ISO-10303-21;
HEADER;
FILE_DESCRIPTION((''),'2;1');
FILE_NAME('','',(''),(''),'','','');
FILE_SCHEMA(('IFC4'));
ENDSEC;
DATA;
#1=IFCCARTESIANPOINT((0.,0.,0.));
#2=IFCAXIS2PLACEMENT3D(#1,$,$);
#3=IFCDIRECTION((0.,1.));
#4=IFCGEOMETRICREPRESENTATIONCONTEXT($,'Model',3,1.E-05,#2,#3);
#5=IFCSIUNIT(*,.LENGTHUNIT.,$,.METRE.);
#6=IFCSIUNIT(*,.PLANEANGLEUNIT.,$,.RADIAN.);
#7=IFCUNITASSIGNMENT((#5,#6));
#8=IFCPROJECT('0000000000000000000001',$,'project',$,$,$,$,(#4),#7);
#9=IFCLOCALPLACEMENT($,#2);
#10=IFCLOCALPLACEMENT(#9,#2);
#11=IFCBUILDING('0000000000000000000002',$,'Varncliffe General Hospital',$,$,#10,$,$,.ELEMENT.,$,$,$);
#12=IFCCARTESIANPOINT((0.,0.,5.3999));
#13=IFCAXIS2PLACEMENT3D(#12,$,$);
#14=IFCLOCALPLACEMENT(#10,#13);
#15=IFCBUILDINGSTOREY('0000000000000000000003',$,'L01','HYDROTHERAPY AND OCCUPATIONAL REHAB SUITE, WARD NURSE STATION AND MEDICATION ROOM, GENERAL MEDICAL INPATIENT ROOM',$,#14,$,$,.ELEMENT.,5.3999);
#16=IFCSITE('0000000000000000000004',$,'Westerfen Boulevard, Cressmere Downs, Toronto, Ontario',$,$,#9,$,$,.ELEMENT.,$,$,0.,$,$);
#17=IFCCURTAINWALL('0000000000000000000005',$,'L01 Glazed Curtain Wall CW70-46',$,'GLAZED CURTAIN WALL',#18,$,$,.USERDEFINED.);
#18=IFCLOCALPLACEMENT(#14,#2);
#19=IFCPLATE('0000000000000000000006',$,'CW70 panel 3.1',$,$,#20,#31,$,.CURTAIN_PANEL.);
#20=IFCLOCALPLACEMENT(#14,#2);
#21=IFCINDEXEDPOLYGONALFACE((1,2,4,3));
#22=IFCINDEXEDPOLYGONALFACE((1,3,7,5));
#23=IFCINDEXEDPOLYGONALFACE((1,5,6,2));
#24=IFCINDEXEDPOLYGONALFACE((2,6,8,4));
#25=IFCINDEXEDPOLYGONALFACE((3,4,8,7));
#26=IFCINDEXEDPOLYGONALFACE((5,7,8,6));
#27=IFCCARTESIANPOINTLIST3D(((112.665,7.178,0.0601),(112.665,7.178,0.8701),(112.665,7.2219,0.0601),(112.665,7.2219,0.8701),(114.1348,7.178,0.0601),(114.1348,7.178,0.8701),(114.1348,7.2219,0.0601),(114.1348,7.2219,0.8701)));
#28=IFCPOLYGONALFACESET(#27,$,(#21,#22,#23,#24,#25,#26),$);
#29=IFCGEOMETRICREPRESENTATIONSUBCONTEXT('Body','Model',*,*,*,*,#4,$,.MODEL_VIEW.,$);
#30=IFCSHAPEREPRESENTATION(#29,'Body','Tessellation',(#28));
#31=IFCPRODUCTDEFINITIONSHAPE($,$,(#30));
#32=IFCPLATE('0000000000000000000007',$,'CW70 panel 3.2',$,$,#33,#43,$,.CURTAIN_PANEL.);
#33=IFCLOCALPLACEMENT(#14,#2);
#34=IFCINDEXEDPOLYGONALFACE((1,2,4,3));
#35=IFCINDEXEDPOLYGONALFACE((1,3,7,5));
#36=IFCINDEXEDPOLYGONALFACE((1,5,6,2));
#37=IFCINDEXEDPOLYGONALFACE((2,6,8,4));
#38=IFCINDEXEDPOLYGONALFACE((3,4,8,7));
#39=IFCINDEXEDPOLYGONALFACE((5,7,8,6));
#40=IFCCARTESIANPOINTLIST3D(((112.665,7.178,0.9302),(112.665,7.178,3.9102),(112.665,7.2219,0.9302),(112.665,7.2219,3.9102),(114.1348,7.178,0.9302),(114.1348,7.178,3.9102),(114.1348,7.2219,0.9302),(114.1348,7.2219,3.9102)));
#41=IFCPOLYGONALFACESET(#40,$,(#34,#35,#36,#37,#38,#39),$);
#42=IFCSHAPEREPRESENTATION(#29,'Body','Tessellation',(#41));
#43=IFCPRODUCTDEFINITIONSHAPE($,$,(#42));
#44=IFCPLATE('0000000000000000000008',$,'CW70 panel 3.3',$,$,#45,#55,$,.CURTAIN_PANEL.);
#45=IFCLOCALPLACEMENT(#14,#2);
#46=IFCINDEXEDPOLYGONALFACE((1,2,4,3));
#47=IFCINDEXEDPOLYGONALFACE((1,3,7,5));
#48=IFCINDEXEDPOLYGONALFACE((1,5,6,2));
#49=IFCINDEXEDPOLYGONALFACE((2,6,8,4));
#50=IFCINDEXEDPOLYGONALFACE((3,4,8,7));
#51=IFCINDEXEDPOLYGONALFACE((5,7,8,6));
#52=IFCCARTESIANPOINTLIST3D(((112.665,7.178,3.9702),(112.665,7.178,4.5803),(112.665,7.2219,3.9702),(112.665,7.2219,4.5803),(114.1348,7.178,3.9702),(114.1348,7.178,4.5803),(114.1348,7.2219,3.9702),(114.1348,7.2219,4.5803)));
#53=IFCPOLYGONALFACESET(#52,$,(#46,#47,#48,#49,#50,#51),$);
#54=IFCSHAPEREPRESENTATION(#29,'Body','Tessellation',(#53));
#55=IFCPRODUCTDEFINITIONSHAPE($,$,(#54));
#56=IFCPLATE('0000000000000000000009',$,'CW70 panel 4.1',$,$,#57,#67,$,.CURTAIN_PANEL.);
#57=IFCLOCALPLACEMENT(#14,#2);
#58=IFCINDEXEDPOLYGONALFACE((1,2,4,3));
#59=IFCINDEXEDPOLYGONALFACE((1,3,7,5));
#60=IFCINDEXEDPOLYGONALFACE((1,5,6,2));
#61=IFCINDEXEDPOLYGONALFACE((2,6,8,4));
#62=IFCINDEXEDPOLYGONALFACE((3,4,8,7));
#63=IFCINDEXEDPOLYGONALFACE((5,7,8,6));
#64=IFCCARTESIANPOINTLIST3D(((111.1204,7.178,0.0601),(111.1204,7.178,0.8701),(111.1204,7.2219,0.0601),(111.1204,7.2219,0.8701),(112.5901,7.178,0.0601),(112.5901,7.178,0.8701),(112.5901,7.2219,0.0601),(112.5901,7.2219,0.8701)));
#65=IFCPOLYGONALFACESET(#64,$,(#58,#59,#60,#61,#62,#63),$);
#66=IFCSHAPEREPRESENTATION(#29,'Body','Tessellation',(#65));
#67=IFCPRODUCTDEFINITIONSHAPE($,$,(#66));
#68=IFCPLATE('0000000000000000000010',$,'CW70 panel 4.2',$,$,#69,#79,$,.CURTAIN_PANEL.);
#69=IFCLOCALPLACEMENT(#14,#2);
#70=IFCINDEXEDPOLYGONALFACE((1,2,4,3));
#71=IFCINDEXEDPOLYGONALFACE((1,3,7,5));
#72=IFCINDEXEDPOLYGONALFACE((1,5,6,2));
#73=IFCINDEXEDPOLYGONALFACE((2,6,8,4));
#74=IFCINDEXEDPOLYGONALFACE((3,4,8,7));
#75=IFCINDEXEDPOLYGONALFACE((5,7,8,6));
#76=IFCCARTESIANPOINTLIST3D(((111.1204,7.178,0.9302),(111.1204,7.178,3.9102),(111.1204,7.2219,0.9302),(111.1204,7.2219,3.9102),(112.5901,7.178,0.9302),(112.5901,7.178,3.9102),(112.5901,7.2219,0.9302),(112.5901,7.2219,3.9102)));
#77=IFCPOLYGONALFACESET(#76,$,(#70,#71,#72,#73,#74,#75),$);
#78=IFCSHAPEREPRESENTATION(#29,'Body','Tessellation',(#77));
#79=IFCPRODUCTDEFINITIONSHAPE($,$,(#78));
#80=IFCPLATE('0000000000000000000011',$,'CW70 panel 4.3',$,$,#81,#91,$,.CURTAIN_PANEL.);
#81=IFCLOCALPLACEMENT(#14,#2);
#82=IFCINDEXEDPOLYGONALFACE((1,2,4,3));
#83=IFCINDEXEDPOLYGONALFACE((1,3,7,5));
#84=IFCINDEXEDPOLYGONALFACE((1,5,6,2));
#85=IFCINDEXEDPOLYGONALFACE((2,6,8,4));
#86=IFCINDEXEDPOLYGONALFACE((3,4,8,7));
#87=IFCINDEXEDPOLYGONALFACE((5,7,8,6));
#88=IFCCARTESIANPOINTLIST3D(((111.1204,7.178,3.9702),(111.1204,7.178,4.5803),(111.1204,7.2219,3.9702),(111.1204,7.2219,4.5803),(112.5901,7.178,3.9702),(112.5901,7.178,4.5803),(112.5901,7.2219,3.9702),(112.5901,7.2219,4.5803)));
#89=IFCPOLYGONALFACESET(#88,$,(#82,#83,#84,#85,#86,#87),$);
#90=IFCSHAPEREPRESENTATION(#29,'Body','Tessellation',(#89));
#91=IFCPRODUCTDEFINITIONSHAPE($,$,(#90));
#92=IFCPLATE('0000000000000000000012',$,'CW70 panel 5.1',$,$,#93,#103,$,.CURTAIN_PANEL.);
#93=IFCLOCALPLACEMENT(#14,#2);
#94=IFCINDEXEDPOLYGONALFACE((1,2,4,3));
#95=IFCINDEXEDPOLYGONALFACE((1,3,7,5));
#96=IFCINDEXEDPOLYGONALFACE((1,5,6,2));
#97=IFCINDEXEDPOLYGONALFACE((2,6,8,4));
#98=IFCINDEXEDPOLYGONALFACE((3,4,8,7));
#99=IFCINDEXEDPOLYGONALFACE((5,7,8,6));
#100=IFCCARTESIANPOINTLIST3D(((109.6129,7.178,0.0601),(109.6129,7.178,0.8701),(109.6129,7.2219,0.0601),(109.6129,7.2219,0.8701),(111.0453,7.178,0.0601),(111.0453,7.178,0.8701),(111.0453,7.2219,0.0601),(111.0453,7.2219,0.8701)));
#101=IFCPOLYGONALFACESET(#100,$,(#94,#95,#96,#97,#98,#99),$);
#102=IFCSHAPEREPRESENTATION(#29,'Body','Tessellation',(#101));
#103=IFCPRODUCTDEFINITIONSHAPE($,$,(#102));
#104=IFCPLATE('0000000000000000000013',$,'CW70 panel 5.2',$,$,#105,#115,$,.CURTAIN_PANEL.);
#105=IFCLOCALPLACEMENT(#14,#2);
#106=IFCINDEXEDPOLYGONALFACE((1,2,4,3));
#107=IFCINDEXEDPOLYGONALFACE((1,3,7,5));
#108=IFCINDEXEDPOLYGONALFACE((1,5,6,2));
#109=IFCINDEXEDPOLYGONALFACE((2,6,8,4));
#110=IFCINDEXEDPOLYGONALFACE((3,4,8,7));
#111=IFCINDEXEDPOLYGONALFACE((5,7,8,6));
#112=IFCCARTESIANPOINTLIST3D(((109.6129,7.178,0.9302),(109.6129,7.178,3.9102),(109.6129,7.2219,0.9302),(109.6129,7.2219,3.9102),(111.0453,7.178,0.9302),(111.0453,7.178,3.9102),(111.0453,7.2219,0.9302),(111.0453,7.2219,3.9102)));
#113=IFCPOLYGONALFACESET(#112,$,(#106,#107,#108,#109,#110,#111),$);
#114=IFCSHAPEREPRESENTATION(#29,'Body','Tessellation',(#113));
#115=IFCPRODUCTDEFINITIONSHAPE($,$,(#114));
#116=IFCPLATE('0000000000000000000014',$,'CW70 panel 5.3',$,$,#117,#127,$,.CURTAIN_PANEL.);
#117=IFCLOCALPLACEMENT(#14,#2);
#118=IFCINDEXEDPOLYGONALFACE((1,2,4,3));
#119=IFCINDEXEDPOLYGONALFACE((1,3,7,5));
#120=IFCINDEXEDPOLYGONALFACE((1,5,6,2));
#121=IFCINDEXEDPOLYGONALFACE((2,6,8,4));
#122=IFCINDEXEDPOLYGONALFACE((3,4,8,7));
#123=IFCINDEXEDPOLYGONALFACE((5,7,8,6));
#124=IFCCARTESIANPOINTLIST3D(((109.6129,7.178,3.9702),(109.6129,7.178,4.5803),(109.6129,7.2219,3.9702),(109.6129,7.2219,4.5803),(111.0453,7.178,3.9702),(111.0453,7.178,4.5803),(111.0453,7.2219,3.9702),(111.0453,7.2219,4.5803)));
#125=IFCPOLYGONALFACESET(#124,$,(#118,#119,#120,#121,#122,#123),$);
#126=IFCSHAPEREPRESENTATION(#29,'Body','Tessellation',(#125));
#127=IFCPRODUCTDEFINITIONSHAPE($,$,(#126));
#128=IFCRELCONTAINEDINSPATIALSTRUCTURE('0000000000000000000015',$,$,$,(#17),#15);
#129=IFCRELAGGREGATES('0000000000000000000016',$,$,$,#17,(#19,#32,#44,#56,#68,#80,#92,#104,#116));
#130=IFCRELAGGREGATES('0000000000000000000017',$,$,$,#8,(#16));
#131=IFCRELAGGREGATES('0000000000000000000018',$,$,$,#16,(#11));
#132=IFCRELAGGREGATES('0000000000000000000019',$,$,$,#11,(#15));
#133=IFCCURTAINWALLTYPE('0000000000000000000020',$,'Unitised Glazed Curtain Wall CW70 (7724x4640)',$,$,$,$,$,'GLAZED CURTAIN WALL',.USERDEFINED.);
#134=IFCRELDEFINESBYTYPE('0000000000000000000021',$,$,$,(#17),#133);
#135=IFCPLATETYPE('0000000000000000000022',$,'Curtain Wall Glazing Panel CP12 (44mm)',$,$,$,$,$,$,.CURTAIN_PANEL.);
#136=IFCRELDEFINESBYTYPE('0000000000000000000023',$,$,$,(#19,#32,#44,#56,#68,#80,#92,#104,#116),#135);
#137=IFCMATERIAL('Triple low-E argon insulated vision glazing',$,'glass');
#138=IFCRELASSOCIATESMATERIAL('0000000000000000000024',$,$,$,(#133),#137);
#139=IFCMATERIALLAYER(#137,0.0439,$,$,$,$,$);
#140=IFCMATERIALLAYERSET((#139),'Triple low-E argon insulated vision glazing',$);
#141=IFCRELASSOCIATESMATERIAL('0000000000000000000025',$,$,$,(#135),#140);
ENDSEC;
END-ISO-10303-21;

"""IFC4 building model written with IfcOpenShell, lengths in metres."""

from ifc_helpers import new_model, si_unit, direction, frame, origin, origin_2d, place, context, subcontext, project, spatial, rectangle, extrude, material, layer, layer_set, type_object, element, aggregate, save


model = new_model("IFC4")

# Units and contexts
model_context = context("Model", 3, precision=1e-05, world=origin(), true_north=direction((0.0, 1.0)))
body_context = subcontext(model_context, "Body", "Model", "MODEL_VIEW")
ifc_project = project(units=[si_unit("LENGTHUNIT", "METRE"), si_unit("PLANEANGLEUNIT", "RADIAN")], contexts=[model_context])

# Site, building, storey
site_placement = place(None, origin())
site = spatial("IfcSite", under=ifc_project, at=site_placement, Name="Westerfen Boulevard, Cressmere Downs, Toronto, Ontario", CompositionType="ELEMENT", RefElevation=0.0)
building_placement = place(site_placement, origin())
building = spatial("IfcBuilding", under=site, at=building_placement, Name="Varncliffe General Hospital", CompositionType="ELEMENT")
storey_placement = place(building_placement, frame((0.0, 0.0, 5.3999)))
storey = spatial("IfcBuildingStorey", under=building, at=storey_placement, Name="L01", Description="HYDROTHERAPY AND OCCUPATIONAL REHAB SUITE, WARD NURSE STATION AND MEDICATION ROOM, GENERAL MEDICAL INPATIENT ROOM", CompositionType="ELEMENT", Elevation=5.3999)

# Curtain wall
ifc_material_1 = material(Name="Triple low-E argon insulated vision glazing", Category="glass")
curtain_wall_type = type_object("IfcCurtainWallType", Name="Unitised Glazed Curtain Wall CW70 (7724x4640)", ElementType="GLAZED CURTAIN WALL", PredefinedType="USERDEFINED", material=ifc_material_1)
curtain_wall_placement = place(storey_placement, origin())
curtain_wall = element("IfcCurtainWall", 1, at=curtain_wall_placement, inside=storey, type_object=curtain_wall_type, Name="L01 Glazed Curtain Wall CW70-46", ObjectType="GLAZED CURTAIN WALL", PredefinedType="USERDEFINED")

# Plates
ifc_layer = layer(ifc_material_1, 0.0439)
ifc_layer_set = layer_set([ifc_layer], Name="Triple low-E argon insulated vision glazing")
plate_type = type_object("IfcPlateType", Name="Curtain Wall Glazing Panel CP12 (44mm)", PredefinedType="CURTAIN_PANEL", material=ifc_layer_set)
plate_1_placement = place(storey_placement, frame((113.3999, 7.2, 0.0601), z_axis=(0.0, 0.0, 1.0), x_axis=(-1.0, 0.0, 0.0)))
plate_1 = element("IfcPlate", 2, at=plate_1_placement, type_object=plate_type, Name="CW70 panel 3.1", PredefinedType="CURTAIN_PANEL", context=body_context, shape_type="SweptSolid", body=[
    extrude(rectangle(XDim=1.4697, YDim=0.0439, at=origin_2d()), origin(), (0.0, 0.0, 1.0), 0.8101),
])
plate_2_placement = place(storey_placement, frame((113.3999, 7.2, 0.9302), z_axis=(0.0, 0.0, 1.0), x_axis=(-1.0, 0.0, 0.0)))
plate_2 = element("IfcPlate", 3, at=plate_2_placement, type_object=plate_type, Name="CW70 panel 3.2", PredefinedType="CURTAIN_PANEL", context=body_context, shape_type="SweptSolid", body=[
    extrude(rectangle(XDim=1.4697, YDim=0.0439, at=origin_2d()), origin(), (0.0, 0.0, 1.0), 2.98),
])
plate_3_placement = place(storey_placement, frame((113.3999, 7.2, 3.9702), z_axis=(0.0, 0.0, 1.0), x_axis=(-1.0, 0.0, 0.0)))
plate_3 = element("IfcPlate", 4, at=plate_3_placement, type_object=plate_type, Name="CW70 panel 3.3", PredefinedType="CURTAIN_PANEL", context=body_context, shape_type="SweptSolid", body=[
    extrude(rectangle(XDim=1.4697, YDim=0.0439, at=origin_2d()), origin(), (0.0, 0.0, 1.0), 0.6101),
])
plate_4_placement = place(storey_placement, frame((111.8552, 7.2, 0.0601), z_axis=(0.0, 0.0, 1.0), x_axis=(-1.0, 0.0, 0.0)))
plate_4 = element("IfcPlate", 5, at=plate_4_placement, type_object=plate_type, Name="CW70 panel 4.1", PredefinedType="CURTAIN_PANEL", context=body_context, shape_type="SweptSolid", body=[
    extrude(rectangle(XDim=1.4697, YDim=0.0439, at=origin_2d()), origin(), (0.0, 0.0, 1.0), 0.8101),
])
plate_5_placement = place(storey_placement, frame((111.8552, 7.2, 0.9302), z_axis=(0.0, 0.0, 1.0), x_axis=(-1.0, 0.0, 0.0)))
plate_5 = element("IfcPlate", 6, at=plate_5_placement, type_object=plate_type, Name="CW70 panel 4.2", PredefinedType="CURTAIN_PANEL", context=body_context, shape_type="SweptSolid", body=[
    extrude(rectangle(XDim=1.4697, YDim=0.0439, at=origin_2d()), origin(), (0.0, 0.0, 1.0), 2.98),
])
plate_6_placement = place(storey_placement, frame((111.8552, 7.2, 3.9702), z_axis=(0.0, 0.0, 1.0), x_axis=(-1.0, 0.0, 0.0)))
plate_6 = element("IfcPlate", 7, at=plate_6_placement, type_object=plate_type, Name="CW70 panel 4.3", PredefinedType="CURTAIN_PANEL", context=body_context, shape_type="SweptSolid", body=[
    extrude(rectangle(XDim=1.4697, YDim=0.0439, at=origin_2d()), origin(), (0.0, 0.0, 1.0), 0.6101),
])
plate_7_placement = place(storey_placement, frame((110.3291, 7.2, 0.0601), z_axis=(0.0, 0.0, 1.0), x_axis=(-1.0, 0.0, 0.0)))
plate_7 = element("IfcPlate", 8, at=plate_7_placement, type_object=plate_type, Name="CW70 panel 5.1", PredefinedType="CURTAIN_PANEL", context=body_context, shape_type="SweptSolid", body=[
    extrude(rectangle(XDim=1.4324, YDim=0.0439, at=origin_2d()), origin(), (0.0, 0.0, 1.0), 0.8101),
])
plate_8_placement = place(storey_placement, frame((110.3291, 7.2, 0.9302), z_axis=(0.0, 0.0, 1.0), x_axis=(-1.0, 0.0, 0.0)))
plate_8 = element("IfcPlate", 9, at=plate_8_placement, type_object=plate_type, Name="CW70 panel 5.2", PredefinedType="CURTAIN_PANEL", context=body_context, shape_type="SweptSolid", body=[
    extrude(rectangle(XDim=1.4324, YDim=0.0439, at=origin_2d()), origin(), (0.0, 0.0, 1.0), 2.98),
])
plate_9_placement = place(storey_placement, frame((110.3291, 7.2, 3.9702), z_axis=(0.0, 0.0, 1.0), x_axis=(-1.0, 0.0, 0.0)))
plate_9 = element("IfcPlate", 10, at=plate_9_placement, type_object=plate_type, Name="CW70 panel 5.3", PredefinedType="CURTAIN_PANEL", context=body_context, shape_type="SweptSolid", body=[
    extrude(rectangle(XDim=1.4324, YDim=0.0439, at=origin_2d()), origin(), (0.0, 0.0, 1.0), 0.6101),
])
aggregate(curtain_wall, [plate_1, plate_2, plate_3, plate_4, plate_5, plate_6, plate_7, plate_8, plate_9])

save(model, "model.ifc")
